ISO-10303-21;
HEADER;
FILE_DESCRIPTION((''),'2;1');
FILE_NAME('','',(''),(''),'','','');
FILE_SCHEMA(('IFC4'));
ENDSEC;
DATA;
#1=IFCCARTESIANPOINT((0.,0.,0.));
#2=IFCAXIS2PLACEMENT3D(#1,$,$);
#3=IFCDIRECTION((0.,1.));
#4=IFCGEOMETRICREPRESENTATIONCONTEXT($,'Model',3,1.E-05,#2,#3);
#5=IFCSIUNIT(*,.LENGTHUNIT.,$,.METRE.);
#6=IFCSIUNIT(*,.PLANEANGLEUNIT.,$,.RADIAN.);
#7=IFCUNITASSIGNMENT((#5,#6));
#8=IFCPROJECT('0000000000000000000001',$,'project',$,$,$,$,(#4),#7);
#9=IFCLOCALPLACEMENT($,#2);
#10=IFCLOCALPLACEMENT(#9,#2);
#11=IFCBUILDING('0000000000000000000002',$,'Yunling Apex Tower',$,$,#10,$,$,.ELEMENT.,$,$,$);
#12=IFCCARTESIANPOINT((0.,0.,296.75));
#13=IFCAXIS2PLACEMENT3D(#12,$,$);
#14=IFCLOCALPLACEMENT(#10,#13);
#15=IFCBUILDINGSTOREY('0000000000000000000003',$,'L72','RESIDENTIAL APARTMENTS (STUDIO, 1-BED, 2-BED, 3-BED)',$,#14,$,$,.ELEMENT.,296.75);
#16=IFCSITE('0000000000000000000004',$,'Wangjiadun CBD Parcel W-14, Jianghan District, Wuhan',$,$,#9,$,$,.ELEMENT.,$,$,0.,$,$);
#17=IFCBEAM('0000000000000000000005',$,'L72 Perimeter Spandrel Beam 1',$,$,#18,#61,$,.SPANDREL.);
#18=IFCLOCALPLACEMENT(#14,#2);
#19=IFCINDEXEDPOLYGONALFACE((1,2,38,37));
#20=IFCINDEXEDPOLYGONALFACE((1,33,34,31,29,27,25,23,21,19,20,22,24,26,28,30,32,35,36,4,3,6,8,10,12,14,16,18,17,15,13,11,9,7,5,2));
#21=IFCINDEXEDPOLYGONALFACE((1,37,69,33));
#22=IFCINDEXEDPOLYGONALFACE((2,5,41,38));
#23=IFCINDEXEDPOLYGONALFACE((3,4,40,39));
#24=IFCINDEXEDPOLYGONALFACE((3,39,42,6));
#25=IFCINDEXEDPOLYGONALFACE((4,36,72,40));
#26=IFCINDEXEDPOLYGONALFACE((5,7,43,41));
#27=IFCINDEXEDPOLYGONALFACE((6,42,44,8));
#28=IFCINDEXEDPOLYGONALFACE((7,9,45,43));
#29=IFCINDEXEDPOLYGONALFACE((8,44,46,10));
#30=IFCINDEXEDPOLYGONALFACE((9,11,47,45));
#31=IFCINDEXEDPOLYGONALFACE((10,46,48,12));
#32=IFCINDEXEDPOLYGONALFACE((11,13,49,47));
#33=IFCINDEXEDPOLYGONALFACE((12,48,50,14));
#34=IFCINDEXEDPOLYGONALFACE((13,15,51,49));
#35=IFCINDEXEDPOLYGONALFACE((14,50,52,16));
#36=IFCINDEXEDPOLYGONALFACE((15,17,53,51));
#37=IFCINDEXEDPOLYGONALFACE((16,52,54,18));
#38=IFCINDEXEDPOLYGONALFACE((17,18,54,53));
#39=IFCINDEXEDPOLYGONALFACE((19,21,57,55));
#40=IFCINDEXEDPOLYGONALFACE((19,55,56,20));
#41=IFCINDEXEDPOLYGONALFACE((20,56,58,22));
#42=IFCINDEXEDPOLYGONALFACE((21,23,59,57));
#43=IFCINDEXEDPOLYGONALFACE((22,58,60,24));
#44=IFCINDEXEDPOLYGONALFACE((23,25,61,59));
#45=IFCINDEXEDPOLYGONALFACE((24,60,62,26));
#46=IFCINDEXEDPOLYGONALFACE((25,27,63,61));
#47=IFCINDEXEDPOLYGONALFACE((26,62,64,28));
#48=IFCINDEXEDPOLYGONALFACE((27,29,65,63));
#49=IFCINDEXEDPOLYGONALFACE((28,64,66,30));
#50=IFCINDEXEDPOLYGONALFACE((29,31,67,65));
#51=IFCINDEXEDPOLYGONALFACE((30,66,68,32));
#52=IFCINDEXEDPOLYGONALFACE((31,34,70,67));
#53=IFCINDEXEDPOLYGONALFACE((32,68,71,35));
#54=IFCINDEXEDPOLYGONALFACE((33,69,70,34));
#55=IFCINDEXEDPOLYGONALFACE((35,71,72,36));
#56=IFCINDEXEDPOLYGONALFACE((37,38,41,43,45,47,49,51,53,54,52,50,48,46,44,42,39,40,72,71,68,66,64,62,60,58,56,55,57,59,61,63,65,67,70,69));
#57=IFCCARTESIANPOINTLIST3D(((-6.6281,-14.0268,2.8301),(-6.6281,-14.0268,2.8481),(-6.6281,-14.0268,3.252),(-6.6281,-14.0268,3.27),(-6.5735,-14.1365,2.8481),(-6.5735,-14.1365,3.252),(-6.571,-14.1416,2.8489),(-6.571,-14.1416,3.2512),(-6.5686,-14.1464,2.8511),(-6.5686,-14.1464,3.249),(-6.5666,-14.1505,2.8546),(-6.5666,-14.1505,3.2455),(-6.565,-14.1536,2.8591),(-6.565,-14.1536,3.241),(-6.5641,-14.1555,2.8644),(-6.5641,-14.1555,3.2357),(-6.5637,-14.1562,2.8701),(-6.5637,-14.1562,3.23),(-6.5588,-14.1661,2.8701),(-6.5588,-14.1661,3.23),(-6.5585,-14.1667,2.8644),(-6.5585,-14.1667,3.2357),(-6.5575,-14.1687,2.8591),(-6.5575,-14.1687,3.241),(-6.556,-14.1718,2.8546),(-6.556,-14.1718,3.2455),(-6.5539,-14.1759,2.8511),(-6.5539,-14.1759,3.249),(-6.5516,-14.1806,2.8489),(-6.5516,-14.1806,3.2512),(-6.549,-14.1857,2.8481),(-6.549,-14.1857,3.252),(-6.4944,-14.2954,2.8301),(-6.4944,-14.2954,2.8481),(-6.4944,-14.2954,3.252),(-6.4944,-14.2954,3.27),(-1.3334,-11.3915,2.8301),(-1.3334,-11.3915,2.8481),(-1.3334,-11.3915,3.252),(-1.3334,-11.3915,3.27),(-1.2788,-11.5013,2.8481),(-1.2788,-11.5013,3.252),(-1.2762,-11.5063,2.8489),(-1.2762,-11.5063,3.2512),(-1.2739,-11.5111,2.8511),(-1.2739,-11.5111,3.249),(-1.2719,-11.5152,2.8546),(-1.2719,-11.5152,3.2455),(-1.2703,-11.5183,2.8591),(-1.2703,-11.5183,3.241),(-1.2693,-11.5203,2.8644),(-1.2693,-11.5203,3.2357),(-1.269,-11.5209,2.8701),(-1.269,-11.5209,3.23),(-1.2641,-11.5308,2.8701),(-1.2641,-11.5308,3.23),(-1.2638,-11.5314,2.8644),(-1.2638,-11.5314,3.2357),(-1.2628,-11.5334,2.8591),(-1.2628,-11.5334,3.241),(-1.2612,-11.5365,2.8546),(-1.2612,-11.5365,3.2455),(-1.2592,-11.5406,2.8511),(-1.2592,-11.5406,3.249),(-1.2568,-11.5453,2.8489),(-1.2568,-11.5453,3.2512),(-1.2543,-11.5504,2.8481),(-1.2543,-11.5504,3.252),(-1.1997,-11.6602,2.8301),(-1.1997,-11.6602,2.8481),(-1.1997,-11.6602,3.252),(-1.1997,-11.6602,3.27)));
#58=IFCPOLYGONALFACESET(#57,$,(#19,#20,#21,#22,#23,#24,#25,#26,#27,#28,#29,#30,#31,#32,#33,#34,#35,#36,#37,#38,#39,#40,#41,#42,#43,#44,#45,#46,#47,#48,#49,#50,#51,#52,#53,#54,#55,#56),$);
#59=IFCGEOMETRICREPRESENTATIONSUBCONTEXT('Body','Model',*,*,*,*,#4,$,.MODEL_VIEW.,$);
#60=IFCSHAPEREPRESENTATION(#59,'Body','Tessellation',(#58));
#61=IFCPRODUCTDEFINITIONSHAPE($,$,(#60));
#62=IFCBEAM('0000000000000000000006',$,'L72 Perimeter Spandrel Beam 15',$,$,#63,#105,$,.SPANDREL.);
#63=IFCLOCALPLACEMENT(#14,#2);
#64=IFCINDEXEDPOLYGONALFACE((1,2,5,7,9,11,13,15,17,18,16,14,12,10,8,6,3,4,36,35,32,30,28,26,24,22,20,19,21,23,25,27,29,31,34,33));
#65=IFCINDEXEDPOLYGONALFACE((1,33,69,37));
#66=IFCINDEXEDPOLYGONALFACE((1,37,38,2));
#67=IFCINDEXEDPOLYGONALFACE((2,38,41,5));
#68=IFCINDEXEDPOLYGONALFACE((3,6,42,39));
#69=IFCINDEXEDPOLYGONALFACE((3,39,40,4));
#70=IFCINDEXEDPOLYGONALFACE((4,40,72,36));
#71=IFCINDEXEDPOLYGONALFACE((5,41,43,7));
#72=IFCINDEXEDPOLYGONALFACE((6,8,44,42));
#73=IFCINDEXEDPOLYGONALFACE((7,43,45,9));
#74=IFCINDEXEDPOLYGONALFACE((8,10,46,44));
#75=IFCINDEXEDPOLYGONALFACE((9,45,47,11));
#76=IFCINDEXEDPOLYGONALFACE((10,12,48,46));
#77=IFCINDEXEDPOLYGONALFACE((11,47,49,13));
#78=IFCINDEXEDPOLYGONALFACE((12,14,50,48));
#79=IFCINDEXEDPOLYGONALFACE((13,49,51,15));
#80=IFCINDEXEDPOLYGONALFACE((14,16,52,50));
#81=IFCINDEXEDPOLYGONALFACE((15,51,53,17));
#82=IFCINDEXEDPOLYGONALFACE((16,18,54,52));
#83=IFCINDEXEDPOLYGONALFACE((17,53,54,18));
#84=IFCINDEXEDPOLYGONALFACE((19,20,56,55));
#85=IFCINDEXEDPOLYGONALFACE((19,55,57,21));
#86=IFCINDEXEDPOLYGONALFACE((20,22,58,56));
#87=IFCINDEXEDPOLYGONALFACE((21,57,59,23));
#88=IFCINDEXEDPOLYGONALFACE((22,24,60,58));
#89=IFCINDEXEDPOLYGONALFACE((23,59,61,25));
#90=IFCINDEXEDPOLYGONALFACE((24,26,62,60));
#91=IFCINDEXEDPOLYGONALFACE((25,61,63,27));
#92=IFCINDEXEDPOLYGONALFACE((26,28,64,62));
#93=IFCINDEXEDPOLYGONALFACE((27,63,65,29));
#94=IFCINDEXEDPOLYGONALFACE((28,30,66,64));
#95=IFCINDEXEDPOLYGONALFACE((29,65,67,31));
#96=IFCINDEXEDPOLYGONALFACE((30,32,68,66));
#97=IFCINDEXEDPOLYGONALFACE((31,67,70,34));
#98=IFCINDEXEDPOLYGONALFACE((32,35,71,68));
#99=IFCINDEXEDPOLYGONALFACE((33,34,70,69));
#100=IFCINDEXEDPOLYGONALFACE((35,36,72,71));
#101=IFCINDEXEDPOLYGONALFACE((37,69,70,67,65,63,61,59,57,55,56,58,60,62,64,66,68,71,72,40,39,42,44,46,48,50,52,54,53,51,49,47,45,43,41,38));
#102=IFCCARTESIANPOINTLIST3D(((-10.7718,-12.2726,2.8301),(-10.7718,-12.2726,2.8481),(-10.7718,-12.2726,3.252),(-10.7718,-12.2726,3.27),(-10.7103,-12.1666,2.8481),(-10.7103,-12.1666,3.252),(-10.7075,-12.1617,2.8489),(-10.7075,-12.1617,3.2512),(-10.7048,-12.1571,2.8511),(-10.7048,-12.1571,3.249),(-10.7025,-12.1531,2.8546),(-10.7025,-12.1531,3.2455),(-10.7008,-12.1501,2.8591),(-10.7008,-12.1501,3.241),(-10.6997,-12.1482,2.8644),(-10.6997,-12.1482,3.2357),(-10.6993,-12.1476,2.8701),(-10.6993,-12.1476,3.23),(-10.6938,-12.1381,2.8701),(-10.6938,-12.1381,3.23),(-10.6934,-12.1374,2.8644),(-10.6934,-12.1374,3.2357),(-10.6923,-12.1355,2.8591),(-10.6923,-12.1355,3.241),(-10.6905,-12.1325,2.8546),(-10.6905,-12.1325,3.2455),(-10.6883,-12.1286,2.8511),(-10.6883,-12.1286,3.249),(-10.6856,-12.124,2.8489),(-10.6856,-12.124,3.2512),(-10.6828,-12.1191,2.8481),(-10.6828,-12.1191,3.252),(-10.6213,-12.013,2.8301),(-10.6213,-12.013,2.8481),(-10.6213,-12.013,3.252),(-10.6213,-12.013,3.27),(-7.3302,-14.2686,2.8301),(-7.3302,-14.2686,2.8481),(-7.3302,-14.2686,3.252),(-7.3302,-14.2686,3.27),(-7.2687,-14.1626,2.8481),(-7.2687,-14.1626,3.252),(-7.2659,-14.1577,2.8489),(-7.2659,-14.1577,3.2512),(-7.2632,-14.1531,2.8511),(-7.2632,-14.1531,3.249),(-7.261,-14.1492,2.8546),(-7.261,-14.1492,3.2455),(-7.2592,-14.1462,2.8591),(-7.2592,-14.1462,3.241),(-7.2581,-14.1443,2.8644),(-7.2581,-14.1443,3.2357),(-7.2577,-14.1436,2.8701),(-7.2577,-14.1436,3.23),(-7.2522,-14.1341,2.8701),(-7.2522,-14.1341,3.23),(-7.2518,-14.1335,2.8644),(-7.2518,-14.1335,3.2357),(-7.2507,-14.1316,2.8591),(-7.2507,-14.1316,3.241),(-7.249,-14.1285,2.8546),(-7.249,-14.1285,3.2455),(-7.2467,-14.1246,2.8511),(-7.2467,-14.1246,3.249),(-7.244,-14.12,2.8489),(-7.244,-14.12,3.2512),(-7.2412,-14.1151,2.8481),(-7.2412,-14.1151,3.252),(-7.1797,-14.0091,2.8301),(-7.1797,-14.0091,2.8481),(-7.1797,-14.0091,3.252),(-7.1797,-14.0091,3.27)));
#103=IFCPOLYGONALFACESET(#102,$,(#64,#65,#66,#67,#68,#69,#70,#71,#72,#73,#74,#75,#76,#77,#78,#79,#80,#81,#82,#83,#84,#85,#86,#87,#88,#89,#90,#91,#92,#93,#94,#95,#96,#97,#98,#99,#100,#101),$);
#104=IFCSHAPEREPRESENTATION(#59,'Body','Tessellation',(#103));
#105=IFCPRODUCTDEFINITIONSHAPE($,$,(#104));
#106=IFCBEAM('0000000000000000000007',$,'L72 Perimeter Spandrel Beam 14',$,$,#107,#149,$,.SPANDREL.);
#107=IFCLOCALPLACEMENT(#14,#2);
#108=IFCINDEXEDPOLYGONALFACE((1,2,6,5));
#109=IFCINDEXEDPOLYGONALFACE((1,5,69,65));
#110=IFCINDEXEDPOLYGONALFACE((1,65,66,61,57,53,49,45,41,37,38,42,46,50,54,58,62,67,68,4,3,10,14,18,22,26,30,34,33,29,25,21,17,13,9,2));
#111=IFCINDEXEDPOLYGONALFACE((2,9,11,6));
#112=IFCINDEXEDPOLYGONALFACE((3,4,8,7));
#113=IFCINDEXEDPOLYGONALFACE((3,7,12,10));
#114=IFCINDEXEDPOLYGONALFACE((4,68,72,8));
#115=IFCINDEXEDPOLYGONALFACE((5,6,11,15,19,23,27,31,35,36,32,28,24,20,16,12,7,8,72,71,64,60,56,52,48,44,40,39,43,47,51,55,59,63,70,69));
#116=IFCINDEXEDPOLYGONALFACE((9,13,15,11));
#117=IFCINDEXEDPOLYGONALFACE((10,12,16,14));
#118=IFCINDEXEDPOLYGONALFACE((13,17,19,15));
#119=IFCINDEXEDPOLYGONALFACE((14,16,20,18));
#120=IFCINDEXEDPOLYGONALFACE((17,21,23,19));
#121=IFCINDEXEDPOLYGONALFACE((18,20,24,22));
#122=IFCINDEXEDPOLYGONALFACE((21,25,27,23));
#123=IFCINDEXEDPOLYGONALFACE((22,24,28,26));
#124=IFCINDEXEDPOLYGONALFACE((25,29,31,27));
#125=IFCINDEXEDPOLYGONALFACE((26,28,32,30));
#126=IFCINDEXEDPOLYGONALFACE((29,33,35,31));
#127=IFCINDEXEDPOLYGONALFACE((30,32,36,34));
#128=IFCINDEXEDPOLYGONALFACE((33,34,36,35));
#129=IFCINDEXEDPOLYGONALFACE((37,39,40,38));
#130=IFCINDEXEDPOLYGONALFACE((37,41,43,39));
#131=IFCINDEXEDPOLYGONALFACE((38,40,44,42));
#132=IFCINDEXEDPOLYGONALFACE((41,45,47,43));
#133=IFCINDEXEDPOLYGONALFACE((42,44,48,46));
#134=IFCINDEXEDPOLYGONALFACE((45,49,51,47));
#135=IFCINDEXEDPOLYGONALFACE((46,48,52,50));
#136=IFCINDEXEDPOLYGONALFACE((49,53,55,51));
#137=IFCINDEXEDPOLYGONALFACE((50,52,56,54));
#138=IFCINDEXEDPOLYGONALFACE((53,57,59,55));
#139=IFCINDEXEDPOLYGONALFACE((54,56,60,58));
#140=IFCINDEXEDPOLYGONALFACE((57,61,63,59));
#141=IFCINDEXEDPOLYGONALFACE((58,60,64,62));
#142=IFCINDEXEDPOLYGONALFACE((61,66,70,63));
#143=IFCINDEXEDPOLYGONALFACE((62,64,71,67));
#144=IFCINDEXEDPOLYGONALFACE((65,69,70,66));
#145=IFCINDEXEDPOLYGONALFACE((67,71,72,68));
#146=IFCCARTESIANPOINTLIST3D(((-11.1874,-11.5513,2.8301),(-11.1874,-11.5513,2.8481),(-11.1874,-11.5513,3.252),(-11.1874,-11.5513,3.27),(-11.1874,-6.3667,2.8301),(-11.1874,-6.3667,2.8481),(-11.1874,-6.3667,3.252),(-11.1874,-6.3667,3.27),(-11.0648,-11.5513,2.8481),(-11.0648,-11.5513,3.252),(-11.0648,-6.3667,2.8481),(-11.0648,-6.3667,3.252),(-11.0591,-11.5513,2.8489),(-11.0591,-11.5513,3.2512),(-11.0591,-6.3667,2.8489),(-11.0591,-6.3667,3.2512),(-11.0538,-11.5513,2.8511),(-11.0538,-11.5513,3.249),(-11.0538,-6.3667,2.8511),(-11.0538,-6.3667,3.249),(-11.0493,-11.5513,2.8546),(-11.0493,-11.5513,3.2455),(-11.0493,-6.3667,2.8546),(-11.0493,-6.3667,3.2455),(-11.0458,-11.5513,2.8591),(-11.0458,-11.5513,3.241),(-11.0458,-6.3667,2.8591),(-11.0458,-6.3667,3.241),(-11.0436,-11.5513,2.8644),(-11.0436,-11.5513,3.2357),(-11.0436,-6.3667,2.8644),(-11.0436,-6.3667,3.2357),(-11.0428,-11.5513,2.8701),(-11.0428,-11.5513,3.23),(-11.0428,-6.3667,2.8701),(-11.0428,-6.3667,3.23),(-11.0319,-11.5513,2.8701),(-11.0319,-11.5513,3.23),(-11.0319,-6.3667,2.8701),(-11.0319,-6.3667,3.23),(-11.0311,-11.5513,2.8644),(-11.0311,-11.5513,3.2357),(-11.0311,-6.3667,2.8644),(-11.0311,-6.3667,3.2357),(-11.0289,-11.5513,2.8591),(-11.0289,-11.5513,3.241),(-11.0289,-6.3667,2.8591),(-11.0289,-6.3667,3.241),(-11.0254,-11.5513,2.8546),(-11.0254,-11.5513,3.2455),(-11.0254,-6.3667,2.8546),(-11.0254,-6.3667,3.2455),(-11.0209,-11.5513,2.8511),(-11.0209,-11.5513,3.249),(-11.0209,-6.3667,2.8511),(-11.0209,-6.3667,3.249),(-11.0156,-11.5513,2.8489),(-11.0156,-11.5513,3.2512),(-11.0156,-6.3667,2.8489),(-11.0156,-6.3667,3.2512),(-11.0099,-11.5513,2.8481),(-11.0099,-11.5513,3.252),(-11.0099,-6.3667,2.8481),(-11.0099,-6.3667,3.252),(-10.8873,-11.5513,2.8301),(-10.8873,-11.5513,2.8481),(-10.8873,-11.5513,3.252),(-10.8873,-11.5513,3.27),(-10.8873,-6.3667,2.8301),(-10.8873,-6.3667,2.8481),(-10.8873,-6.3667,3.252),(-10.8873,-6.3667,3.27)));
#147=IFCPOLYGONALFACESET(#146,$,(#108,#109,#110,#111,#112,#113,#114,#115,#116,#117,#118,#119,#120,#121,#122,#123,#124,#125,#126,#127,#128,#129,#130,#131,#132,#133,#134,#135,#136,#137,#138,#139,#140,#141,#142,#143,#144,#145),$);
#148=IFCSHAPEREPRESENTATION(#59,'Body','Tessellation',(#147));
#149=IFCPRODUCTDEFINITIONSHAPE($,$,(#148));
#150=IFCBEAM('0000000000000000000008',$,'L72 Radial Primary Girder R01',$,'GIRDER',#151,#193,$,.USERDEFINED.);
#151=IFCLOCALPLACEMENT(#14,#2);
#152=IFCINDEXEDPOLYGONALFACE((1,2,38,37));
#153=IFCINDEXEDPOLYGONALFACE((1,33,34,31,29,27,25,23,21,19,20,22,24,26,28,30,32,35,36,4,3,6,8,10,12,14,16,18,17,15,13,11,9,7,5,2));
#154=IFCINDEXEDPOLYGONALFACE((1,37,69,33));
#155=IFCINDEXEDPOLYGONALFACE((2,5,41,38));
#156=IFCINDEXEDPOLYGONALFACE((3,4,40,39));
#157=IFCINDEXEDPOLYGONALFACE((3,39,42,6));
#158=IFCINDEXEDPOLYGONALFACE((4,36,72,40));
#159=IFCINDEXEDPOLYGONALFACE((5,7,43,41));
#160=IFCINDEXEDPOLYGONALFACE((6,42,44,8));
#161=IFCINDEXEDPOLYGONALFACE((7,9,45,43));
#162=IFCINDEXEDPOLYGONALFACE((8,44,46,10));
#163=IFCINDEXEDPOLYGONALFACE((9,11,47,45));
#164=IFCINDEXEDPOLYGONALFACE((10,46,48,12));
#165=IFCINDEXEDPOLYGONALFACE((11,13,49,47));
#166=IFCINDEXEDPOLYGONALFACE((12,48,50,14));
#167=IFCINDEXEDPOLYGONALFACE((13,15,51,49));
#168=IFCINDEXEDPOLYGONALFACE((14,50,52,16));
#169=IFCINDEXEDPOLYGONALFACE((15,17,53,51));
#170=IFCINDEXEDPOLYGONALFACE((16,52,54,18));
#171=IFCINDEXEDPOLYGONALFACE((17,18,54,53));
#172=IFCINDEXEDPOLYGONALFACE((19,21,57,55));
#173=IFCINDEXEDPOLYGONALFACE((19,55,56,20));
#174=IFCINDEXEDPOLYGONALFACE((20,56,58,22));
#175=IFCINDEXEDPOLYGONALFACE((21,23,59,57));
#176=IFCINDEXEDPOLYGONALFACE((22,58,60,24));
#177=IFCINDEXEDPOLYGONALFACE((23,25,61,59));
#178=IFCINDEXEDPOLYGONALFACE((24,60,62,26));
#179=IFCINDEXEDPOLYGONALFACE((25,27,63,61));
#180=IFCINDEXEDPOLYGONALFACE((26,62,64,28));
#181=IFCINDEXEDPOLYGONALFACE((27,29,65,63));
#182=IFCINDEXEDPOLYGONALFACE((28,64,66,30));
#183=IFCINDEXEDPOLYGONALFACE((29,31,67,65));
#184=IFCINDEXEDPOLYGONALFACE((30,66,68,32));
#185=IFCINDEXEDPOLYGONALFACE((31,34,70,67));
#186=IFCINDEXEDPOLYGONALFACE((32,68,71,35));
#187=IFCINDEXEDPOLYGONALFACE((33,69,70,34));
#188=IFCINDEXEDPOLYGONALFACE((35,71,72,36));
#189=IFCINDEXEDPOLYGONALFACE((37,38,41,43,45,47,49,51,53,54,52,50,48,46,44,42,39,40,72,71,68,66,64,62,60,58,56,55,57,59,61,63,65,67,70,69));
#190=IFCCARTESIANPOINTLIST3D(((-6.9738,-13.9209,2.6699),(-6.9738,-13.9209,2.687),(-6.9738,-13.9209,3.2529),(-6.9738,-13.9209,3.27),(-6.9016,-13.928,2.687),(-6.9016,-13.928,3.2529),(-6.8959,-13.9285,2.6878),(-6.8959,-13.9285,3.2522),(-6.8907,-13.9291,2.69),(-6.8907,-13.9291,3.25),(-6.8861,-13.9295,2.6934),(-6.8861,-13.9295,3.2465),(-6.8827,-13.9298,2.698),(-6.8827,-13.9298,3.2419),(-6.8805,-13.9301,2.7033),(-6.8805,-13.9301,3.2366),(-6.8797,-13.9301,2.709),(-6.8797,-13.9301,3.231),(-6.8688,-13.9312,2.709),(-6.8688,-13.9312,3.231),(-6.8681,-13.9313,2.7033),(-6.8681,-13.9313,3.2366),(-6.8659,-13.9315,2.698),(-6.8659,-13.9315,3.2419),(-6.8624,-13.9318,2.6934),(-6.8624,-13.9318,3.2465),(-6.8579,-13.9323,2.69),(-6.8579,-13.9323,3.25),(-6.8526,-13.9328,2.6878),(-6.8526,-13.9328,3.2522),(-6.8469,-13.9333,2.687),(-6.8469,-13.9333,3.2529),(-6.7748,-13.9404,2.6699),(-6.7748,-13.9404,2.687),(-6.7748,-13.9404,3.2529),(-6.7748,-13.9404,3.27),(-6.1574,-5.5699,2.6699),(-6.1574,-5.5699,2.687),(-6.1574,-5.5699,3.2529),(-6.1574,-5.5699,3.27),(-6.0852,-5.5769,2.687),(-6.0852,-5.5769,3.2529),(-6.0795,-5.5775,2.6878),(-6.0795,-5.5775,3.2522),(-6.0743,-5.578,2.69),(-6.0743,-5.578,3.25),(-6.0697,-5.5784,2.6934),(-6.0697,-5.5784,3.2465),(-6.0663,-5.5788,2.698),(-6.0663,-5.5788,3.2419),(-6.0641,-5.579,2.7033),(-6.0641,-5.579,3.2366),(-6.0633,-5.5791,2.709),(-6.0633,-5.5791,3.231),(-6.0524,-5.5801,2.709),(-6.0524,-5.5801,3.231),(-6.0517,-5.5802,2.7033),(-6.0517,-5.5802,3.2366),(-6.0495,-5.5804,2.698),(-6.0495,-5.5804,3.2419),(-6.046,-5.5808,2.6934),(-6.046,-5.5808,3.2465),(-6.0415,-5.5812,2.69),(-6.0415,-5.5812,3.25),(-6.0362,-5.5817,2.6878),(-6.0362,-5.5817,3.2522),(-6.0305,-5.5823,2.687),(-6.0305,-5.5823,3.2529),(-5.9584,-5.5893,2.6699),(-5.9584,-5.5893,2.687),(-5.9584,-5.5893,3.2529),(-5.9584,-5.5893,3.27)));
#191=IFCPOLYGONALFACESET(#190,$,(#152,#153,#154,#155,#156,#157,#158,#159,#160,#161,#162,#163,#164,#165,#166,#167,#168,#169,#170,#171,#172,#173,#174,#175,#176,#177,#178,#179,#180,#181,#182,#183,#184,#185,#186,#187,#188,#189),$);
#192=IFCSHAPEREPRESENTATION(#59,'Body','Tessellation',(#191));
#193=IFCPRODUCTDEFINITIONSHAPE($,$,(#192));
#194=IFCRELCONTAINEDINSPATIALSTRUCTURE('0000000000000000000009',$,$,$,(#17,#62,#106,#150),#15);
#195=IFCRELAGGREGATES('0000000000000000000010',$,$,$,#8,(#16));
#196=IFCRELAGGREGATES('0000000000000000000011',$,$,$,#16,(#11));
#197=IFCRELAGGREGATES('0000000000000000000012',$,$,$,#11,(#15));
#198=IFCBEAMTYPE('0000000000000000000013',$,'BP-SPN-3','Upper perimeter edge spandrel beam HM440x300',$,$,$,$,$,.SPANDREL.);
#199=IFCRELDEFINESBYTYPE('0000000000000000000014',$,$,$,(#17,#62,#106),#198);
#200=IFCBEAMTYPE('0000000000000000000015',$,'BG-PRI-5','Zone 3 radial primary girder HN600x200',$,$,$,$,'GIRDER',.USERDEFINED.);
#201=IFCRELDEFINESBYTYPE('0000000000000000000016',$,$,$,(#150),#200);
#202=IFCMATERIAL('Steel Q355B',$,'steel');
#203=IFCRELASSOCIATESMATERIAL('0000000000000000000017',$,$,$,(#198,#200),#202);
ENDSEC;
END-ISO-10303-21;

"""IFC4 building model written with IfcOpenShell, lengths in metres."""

from ifc_helpers import new_model, si_unit, direction, frame, origin, origin_2d, place, context, subcontext, project, spatial, i_section, extrude, source, transform, mapped, material, material_profile, profile_set, type_object, element, save


model = new_model("IFC4")

# Units and contexts
model_context = context("Model", 3, precision=1e-05, world=origin(), true_north=direction((0.0, 1.0)))
body_context = subcontext(model_context, "Body", "Model", "MODEL_VIEW")
ifc_project = project(units=[si_unit("LENGTHUNIT", "METRE"), si_unit("PLANEANGLEUNIT", "RADIAN")], contexts=[model_context])

# Site, building, storey
site_placement = place(None, origin())
site = spatial("IfcSite", under=ifc_project, at=site_placement, Name="Wangjiadun CBD Parcel W-14, Jianghan District, Wuhan", CompositionType="ELEMENT", RefElevation=0.0)
building_placement = place(site_placement, origin())
building = spatial("IfcBuilding", under=site, at=building_placement, Name="Yunling Apex Tower", CompositionType="ELEMENT")
storey_placement = place(building_placement, frame((0.0, 0.0, 296.75)))
storey = spatial("IfcBuildingStorey", under=building, at=storey_placement, Name="L72", Description="RESIDENTIAL APARTMENTS (STUDIO, 1-BED, 2-BED, 3-BED)", CompositionType="ELEMENT", Elevation=296.75)

# Shared definitions
ifc_material_1 = material(Name="Steel Q355B", Category="steel")

# Beams
ifc_material_profile_1 = material_profile(ifc_material_1, i_section(OverallWidth=0.3, OverallDepth=0.4399, WebThickness=0.011, FlangeThickness=0.0181, FilletRadius=0.022, at=origin_2d()))
ifc_profile_set_1 = profile_set([ifc_material_profile_1], Name="Steel Q355B")
beam_type_1 = type_object("IfcBeamType", Name="BP-SPN-3", Description="Upper perimeter edge spandrel beam HM440x300", PredefinedType="SPANDREL", material=ifc_profile_set_1)
shared_shape_1 = source(origin(), body_context, "Body", "SweptSolid", [
    extrude(i_section(OverallWidth=0.3, OverallDepth=0.4399, WebThickness=0.011, FlangeThickness=0.0181, FilletRadius=0.022, at=origin_2d()), origin(), (0.0, 0.0, 1.0), 5.9143),
])
beam_1_placement = place(storey_placement, frame((-6.5613, -14.1611, 3.05), z_axis=(0.895243, 0.445578, 0.0), x_axis=(-0.445578, 0.895243, 0.0)))
element("IfcBeam", 1, at=beam_1_placement, inside=storey, type_object=beam_type_1, Name="L72 Perimeter Spandrel Beam 1", PredefinedType="SPANDREL", context=body_context, shape_type="MappedRepresentation", body=[
    mapped(shared_shape_1, transform((0.0, 0.0, 0.0), scale=1.0)),
])
shared_shape_2 = source(origin(), body_context, "Body", "SweptSolid", [
    extrude(i_section(OverallWidth=0.3, OverallDepth=0.4399, WebThickness=0.011, FlangeThickness=0.0181, FilletRadius=0.022, at=origin_2d()), origin(), (0.0, 0.0, 1.0), 3.9785),
])
beam_2_placement = place(storey_placement, frame((-10.6965, -12.1428, 3.05), z_axis=(0.865038, -0.501706, 0.0), x_axis=(0.501706, 0.865038, 0.0)))
element("IfcBeam", 2, at=beam_2_placement, inside=storey, type_object=beam_type_1, Name="L72 Perimeter Spandrel Beam 15", PredefinedType="SPANDREL", context=body_context, shape_type="MappedRepresentation", body=[
    mapped(shared_shape_2, transform((0.0, 0.0, 0.0), scale=1.0)),
])
shared_shape_3 = source(origin(), body_context, "Body", "SweptSolid", [
    extrude(i_section(OverallWidth=0.3, OverallDepth=0.4399, WebThickness=0.011, FlangeThickness=0.0181, FilletRadius=0.022, at=origin_2d()), origin(), (0.0, 0.0, 1.0), 5.1846),
])
beam_3_placement = place(storey_placement, frame((-11.0374, -6.3667, 3.05), z_axis=(0.0, -1.0, 0.0), x_axis=(1.0, 0.0, 0.0)))
element("IfcBeam", 3, at=beam_3_placement, inside=storey, type_object=beam_type_1, Name="L72 Perimeter Spandrel Beam 14", PredefinedType="SPANDREL", context=body_context, shape_type="MappedRepresentation", body=[
    mapped(shared_shape_3, transform((0.0, 0.0, 0.0), scale=1.0)),
])
ifc_material_profile_2 = material_profile(ifc_material_1, i_section(OverallWidth=0.2, OverallDepth=0.6001, WebThickness=0.011, FlangeThickness=0.0171, FilletRadius=0.022, at=origin_2d()))
ifc_profile_set_2 = profile_set([ifc_material_profile_2], Name="Steel Q355B")
beam_type_2 = type_object("IfcBeamType", Name="BG-PRI-5", Description="Zone 3 radial primary girder HN600x200", ElementType="GIRDER", PredefinedType="USERDEFINED", material=ifc_profile_set_2)
shared_shape_4 = source(origin(), body_context, "Body", "SweptSolid", [
    extrude(i_section(OverallWidth=0.2, OverallDepth=0.6001, WebThickness=0.011, FlangeThickness=0.0171, FilletRadius=0.022, at=origin_2d()), origin(), (0.0, 0.0, 1.0), 8.3909),
])
beam_4_placement = place(storey_placement, frame((-6.8743, -13.9307, 2.97), z_axis=(0.097297, 0.995255, 0.0), x_axis=(-0.995255, 0.097297, 0.0)))
element("IfcBeam", 4, at=beam_4_placement, inside=storey, type_object=beam_type_2, Name="L72 Radial Primary Girder R01", ObjectType="GIRDER", PredefinedType="USERDEFINED", context=body_context, shape_type="MappedRepresentation", body=[
    mapped(shared_shape_4, transform((0.0, 0.0, 0.0), scale=1.0)),
])

save(model, "model.ifc")
